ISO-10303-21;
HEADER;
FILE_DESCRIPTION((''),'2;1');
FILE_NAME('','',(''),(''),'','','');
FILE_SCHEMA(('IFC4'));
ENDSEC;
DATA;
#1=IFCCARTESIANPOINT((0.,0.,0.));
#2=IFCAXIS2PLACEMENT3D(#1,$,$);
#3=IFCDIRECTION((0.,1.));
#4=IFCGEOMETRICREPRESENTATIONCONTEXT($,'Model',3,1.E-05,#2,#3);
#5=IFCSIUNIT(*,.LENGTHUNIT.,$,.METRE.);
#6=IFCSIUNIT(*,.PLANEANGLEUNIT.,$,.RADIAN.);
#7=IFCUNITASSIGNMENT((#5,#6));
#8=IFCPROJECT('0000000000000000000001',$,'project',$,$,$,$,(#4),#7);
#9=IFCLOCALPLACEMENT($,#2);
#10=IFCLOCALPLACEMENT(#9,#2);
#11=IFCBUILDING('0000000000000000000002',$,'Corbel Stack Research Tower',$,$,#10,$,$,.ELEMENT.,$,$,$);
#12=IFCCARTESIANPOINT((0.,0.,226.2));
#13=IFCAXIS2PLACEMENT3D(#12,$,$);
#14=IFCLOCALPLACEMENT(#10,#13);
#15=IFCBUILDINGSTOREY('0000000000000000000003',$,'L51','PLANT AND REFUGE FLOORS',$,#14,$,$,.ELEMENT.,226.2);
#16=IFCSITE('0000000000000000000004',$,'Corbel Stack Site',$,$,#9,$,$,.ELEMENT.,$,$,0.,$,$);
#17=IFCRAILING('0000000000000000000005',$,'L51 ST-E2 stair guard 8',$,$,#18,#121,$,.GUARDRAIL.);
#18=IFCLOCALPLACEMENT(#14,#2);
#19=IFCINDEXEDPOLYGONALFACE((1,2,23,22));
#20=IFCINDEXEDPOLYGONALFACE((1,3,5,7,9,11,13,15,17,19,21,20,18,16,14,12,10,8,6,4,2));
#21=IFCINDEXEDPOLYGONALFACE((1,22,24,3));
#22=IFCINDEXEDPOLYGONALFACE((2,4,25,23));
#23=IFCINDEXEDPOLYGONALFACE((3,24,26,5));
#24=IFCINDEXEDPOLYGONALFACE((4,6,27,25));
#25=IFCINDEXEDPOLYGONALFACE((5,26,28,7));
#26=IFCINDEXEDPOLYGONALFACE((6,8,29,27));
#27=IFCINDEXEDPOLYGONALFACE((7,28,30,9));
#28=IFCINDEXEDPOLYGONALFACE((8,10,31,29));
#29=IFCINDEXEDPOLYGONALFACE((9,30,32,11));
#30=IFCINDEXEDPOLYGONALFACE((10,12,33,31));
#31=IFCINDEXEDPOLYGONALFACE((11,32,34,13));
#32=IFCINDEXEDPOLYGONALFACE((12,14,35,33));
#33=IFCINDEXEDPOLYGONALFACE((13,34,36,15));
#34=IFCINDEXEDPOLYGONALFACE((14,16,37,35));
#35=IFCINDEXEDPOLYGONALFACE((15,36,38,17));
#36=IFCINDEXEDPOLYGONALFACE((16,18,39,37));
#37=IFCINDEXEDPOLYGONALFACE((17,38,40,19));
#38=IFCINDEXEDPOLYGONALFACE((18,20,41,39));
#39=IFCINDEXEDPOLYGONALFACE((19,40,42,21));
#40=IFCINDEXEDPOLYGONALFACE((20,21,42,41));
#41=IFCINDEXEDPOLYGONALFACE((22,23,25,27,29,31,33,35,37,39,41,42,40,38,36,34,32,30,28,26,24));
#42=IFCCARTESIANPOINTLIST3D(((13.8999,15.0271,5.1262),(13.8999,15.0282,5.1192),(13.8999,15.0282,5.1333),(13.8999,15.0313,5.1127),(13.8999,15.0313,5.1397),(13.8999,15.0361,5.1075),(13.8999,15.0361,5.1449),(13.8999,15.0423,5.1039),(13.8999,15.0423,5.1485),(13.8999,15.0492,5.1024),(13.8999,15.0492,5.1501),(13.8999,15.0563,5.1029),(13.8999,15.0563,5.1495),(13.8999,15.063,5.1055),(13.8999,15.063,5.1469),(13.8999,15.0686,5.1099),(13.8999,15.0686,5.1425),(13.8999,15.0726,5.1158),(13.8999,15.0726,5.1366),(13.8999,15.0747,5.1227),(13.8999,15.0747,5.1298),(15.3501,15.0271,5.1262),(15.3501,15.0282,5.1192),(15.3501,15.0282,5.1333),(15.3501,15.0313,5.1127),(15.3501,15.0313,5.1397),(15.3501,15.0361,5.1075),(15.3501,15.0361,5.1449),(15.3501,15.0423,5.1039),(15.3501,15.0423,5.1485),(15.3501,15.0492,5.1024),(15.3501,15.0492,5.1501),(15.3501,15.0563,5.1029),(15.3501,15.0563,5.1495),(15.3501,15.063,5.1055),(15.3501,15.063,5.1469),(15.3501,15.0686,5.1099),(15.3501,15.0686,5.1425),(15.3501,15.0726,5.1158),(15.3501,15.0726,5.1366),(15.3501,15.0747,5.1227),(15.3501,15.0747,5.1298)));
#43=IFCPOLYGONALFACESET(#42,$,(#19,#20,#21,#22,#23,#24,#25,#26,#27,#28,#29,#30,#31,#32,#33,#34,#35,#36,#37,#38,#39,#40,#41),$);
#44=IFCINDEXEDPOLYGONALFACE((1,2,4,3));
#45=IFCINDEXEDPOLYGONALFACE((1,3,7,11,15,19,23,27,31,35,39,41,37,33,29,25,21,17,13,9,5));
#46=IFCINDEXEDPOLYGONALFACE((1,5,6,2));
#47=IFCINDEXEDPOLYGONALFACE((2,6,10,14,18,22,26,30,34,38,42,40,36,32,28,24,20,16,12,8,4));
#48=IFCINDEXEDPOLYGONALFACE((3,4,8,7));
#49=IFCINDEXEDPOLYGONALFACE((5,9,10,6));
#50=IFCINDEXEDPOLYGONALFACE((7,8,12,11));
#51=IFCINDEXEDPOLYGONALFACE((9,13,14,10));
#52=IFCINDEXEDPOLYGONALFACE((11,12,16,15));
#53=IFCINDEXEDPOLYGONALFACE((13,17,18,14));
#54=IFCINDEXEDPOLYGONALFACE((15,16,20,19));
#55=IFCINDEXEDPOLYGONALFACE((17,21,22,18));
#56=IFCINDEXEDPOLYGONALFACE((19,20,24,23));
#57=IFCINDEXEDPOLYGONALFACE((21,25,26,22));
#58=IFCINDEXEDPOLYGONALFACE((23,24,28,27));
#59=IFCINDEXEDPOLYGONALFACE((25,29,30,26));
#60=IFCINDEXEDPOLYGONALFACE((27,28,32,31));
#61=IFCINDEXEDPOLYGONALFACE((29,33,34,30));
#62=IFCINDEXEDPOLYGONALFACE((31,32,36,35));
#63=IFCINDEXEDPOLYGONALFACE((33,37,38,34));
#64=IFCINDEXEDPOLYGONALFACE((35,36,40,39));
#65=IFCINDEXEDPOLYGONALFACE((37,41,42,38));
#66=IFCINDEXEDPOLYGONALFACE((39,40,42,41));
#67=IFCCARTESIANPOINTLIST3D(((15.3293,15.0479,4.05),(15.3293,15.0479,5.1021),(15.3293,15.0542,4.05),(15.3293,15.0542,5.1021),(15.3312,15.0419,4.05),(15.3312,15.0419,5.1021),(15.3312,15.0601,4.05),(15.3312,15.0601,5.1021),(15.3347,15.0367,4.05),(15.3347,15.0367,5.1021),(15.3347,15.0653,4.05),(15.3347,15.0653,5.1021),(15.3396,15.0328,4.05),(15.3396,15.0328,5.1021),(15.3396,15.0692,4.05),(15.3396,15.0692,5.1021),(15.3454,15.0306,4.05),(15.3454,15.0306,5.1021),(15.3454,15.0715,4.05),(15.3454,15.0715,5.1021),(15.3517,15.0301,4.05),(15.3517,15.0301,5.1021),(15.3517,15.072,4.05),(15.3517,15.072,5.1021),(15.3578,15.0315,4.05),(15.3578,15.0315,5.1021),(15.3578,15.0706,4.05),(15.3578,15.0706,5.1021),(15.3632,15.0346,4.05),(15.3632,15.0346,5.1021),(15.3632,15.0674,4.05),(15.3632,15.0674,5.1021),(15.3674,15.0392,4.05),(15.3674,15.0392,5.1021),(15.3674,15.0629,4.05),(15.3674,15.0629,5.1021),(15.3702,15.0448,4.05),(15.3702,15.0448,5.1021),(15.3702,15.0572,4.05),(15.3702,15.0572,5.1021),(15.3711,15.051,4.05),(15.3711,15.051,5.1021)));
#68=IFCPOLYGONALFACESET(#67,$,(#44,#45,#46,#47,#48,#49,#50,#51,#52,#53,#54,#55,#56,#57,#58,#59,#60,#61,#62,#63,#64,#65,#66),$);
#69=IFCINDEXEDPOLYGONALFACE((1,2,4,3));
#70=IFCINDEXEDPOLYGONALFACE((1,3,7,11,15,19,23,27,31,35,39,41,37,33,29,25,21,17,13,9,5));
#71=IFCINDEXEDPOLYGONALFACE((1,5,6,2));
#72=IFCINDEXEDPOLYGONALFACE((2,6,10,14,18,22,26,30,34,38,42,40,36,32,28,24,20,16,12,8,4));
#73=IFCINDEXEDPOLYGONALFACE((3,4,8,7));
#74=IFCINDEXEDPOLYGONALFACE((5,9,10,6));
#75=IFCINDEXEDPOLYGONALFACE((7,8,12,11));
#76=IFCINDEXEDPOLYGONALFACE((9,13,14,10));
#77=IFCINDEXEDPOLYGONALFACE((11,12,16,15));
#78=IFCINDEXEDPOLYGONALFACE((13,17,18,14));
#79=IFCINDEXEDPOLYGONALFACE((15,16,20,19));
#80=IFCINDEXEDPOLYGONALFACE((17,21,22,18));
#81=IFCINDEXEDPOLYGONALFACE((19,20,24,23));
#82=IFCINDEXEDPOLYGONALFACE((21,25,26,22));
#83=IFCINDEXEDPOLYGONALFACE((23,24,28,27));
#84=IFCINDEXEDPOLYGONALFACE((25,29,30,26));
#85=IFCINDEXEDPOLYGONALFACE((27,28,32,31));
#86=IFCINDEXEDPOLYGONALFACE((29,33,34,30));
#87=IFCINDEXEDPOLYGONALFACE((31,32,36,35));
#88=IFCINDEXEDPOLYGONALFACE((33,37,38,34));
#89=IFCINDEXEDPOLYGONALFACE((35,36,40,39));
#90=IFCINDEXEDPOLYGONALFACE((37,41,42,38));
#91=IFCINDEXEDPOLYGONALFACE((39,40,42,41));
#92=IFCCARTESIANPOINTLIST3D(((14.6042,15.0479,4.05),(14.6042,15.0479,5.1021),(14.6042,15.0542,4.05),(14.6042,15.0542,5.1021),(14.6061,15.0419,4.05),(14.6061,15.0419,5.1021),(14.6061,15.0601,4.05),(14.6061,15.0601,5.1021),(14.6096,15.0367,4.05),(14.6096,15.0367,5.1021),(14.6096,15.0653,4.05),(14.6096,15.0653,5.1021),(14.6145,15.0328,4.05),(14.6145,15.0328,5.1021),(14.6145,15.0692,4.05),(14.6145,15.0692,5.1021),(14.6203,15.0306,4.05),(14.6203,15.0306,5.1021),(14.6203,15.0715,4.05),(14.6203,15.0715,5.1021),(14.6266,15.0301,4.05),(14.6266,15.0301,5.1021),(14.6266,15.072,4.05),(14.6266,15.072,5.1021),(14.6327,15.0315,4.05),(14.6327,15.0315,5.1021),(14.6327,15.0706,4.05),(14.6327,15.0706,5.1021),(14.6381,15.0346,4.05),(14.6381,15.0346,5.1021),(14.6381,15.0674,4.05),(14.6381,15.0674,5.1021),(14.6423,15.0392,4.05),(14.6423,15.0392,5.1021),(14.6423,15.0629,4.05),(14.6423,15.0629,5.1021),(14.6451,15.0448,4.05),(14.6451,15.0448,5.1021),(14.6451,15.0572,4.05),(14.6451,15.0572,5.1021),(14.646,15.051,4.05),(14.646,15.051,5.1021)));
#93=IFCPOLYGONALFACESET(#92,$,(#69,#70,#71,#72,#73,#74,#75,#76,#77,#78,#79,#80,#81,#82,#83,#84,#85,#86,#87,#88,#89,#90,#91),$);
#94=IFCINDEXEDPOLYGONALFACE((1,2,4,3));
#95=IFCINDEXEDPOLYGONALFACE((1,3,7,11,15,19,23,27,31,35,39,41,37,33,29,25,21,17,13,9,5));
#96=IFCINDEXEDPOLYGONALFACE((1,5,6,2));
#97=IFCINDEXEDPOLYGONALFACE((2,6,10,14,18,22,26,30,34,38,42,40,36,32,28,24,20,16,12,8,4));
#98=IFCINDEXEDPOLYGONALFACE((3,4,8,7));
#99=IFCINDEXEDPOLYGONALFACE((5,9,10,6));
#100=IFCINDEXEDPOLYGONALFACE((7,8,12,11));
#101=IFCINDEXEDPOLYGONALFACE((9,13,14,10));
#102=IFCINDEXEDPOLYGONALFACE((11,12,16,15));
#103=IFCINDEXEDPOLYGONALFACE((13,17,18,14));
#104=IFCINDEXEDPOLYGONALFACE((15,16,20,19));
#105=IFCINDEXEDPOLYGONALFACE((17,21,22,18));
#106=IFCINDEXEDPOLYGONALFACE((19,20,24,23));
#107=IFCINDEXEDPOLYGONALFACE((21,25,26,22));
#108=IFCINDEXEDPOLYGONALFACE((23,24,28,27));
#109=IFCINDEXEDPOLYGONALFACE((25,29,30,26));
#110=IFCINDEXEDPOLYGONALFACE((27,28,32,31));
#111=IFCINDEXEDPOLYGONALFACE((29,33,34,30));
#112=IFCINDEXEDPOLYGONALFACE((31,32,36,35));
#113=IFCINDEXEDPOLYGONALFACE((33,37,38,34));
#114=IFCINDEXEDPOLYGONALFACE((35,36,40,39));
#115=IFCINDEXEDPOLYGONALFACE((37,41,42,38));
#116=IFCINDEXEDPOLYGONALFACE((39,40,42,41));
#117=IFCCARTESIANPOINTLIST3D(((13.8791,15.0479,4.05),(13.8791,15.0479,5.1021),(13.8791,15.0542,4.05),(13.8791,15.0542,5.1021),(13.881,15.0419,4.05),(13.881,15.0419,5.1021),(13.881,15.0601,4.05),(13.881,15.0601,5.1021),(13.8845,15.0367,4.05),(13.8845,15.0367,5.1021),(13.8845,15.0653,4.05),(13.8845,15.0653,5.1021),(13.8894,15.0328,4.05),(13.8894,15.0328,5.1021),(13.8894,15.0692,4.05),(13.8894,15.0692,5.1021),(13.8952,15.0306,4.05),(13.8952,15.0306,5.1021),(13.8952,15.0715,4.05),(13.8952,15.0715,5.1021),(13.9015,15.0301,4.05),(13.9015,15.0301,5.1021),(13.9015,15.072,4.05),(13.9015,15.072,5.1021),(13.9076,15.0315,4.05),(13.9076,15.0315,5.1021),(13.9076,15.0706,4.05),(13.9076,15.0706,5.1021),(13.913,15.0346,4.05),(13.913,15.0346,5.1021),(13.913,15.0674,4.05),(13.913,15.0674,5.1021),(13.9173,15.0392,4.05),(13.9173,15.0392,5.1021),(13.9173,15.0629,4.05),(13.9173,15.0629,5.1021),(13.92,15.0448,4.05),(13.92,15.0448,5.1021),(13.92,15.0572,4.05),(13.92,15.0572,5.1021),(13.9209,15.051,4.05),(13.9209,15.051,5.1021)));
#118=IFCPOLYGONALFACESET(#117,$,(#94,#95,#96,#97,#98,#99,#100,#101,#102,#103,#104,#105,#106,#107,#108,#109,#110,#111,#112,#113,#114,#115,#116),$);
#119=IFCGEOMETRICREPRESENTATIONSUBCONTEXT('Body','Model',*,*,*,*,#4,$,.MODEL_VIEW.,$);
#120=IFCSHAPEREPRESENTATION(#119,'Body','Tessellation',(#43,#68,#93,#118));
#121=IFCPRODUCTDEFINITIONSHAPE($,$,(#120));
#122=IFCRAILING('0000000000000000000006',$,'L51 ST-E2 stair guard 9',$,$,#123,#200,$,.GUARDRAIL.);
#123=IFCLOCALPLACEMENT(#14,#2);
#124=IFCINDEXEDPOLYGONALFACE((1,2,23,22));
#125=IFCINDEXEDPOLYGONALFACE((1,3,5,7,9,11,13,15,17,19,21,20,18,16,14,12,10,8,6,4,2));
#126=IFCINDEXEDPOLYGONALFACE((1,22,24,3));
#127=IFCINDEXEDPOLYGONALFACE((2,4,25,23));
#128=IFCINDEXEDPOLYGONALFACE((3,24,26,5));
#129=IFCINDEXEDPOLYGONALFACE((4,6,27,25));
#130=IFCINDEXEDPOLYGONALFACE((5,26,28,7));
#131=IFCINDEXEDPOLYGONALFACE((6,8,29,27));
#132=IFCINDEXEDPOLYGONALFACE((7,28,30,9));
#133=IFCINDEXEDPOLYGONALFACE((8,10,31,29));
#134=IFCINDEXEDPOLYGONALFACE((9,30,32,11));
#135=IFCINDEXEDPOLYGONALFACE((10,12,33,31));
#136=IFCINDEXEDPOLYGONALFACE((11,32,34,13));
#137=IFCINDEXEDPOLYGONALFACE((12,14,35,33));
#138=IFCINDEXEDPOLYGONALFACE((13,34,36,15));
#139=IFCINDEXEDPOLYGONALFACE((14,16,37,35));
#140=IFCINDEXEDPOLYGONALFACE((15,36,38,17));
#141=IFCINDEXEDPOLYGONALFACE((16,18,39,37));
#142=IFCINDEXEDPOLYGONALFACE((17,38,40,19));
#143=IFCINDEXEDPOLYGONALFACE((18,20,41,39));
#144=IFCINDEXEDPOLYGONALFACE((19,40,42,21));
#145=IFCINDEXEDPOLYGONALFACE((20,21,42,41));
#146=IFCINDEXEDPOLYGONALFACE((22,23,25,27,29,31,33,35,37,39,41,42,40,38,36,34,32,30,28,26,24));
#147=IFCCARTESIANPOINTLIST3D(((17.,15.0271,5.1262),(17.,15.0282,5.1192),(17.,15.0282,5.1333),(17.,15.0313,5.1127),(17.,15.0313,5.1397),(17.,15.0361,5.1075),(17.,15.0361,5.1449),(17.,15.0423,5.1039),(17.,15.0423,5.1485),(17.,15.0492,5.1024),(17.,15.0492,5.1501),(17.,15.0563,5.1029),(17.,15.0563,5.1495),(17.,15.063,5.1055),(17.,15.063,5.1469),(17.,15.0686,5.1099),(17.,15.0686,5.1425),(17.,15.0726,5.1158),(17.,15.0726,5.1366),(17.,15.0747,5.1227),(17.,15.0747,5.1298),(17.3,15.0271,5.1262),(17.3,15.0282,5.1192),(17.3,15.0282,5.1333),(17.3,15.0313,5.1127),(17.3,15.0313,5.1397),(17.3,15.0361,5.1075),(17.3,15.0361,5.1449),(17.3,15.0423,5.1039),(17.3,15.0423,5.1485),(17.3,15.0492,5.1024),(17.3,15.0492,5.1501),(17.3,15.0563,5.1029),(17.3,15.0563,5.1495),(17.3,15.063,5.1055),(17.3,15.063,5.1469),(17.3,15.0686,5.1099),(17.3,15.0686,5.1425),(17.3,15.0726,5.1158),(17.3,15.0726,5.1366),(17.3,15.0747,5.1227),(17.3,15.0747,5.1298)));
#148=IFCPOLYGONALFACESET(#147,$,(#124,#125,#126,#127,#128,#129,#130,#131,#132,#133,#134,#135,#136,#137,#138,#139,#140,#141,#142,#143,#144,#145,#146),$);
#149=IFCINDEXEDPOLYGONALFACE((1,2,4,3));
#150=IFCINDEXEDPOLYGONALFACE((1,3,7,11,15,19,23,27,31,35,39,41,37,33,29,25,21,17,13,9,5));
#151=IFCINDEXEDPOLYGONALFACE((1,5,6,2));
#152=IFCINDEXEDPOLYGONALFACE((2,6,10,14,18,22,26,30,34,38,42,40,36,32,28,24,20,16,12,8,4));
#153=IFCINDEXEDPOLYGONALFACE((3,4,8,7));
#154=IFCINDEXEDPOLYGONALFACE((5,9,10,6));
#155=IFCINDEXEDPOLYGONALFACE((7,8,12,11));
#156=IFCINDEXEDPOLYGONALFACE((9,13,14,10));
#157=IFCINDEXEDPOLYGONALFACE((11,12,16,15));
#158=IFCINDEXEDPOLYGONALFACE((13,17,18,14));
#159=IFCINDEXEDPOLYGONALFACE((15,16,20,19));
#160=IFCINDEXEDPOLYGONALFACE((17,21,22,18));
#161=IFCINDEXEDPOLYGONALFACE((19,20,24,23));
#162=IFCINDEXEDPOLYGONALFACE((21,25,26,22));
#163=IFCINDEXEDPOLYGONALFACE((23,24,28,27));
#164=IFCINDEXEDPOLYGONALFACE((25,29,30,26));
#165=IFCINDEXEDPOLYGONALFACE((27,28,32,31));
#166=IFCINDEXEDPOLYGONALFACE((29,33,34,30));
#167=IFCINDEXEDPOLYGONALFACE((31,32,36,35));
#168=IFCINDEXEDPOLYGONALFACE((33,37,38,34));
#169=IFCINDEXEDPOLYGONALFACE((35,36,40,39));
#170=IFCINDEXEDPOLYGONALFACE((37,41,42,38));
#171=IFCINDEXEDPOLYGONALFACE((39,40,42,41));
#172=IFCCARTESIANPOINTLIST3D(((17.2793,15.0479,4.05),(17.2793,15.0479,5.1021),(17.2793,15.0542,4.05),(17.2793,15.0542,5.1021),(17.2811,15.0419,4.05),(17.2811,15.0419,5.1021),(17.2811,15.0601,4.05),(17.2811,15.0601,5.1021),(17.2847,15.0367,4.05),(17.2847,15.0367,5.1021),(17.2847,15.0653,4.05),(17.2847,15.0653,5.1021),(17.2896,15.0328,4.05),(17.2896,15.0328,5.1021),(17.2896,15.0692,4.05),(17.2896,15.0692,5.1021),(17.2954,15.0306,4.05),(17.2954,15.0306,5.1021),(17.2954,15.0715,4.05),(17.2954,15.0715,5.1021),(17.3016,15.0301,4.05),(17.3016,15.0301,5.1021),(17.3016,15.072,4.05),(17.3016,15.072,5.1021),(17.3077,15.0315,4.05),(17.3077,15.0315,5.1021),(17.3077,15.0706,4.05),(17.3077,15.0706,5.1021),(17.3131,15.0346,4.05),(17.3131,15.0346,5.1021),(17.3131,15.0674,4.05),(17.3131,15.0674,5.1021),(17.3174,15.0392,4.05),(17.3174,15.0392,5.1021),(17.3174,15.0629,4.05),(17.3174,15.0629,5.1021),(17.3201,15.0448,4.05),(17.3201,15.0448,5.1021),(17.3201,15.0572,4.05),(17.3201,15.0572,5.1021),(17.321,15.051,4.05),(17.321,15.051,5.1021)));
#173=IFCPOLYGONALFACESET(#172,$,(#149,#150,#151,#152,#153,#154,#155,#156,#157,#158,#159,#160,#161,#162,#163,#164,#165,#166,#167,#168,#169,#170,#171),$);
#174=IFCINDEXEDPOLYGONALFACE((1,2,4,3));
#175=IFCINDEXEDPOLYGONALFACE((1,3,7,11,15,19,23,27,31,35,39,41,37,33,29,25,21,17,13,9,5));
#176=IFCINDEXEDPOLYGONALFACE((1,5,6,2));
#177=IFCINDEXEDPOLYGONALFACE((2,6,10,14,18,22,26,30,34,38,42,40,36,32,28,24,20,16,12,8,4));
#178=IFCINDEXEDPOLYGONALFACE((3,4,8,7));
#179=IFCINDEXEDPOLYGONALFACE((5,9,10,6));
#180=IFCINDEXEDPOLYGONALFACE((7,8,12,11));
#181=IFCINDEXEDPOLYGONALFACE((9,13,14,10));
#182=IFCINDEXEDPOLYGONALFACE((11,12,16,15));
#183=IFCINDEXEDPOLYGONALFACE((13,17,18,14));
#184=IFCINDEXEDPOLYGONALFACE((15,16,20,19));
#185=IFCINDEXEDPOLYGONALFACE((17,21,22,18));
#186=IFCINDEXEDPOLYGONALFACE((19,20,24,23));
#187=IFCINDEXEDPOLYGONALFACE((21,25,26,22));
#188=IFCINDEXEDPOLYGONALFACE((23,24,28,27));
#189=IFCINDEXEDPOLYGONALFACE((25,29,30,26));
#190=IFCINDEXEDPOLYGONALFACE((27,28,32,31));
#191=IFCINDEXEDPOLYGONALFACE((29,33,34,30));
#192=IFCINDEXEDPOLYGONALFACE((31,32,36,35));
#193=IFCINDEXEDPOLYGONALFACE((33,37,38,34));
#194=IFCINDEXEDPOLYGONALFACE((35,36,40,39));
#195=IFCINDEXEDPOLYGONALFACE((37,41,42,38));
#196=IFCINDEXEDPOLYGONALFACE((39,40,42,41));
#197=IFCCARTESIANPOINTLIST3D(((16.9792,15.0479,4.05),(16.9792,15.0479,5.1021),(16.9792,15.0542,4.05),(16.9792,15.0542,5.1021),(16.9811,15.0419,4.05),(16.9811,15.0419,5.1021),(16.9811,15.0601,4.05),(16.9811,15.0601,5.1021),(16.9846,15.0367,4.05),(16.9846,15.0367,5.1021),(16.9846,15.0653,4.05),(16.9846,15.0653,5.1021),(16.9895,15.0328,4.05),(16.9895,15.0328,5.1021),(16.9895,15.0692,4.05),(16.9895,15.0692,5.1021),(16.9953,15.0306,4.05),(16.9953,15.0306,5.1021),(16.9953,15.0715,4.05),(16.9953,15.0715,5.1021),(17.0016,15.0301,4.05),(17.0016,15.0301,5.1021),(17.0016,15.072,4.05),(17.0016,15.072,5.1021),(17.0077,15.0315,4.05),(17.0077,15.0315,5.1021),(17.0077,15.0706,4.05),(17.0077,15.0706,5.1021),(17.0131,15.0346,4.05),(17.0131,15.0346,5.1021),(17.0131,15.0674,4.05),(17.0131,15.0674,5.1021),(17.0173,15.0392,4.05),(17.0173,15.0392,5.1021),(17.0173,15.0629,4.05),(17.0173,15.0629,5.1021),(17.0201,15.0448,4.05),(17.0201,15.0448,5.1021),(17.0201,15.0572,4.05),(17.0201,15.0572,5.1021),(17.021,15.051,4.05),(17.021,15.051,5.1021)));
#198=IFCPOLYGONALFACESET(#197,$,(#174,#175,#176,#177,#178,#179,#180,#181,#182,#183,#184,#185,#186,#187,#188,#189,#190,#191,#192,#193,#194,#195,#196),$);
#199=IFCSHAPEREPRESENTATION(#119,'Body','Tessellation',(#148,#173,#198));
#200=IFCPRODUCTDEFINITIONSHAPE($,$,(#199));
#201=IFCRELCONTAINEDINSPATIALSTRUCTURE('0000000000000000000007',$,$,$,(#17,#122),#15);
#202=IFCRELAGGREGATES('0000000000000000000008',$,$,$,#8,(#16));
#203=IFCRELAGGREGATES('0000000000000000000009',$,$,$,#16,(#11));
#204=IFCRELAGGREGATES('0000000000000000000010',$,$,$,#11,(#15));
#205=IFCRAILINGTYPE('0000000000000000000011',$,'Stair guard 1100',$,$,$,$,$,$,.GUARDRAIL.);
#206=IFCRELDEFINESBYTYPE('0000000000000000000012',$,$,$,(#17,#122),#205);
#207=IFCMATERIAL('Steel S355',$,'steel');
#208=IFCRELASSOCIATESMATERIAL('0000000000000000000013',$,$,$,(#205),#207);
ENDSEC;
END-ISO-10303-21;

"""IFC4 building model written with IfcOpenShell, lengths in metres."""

from ifc_helpers import new_model, si_unit, direction, frame, origin, origin_2d, place, context, subcontext, project, spatial, circle, extrude, material, type_object, element, save


model = new_model("IFC4")

# Units and contexts
model_context = context("Model", 3, precision=1e-05, world=origin(), true_north=direction((0.0, 1.0)))
body_context = subcontext(model_context, "Body", "Model", "MODEL_VIEW")
ifc_project = project(units=[si_unit("LENGTHUNIT", "METRE"), si_unit("PLANEANGLEUNIT", "RADIAN")], contexts=[model_context])

# Site, building, storey
site_placement = place(None, origin())
site = spatial("IfcSite", under=ifc_project, at=site_placement, Name="Corbel Stack Site", CompositionType="ELEMENT", RefElevation=0.0)
building_placement = place(site_placement, origin())
building = spatial("IfcBuilding", under=site, at=building_placement, Name="Corbel Stack Research Tower", CompositionType="ELEMENT")
storey_placement = place(building_placement, frame((0.0, 0.0, 226.2)))
storey = spatial("IfcBuildingStorey", under=building, at=storey_placement, Name="L51", Description="PLANT AND REFUGE FLOORS", CompositionType="ELEMENT", Elevation=226.2)

# Railings
ifc_material_1 = material(Name="Steel S355", Category="steel")
railing_type_1 = type_object("IfcRailingType", Name="Stair guard 1100", PredefinedType="GUARDRAIL", material=ifc_material_1)
railing_1_placement = place(storey_placement, frame((15.3501, 15.051, 4.05)))
element("IfcRailing", 1, at=railing_1_placement, inside=storey, type_object=railing_type_1, Name="L51 ST-E2 stair guard 8", PredefinedType="GUARDRAIL", context=body_context, shape_type="SweptSolid", body=[
    extrude(circle(Radius=0.0239, at=origin_2d()), frame((0.0, 0.0, 1.0762), z_axis=(-1.0, 0.0, 0.0), x_axis=(0.0, -1.0, 0.0)), (0.0, 0.0, 1.0), 1.4502),
    extrude(circle(Radius=0.021, at=origin_2d()), origin(), (0.0, 0.0, 1.0), 1.052),
    extrude(circle(Radius=0.021, at=origin_2d()), frame((-0.7251, 0.0, 0.0)), (0.0, 0.0, 1.0), 1.052),
    extrude(circle(Radius=0.021, at=origin_2d()), frame((-1.4502, 0.0, 0.0)), (0.0, 0.0, 1.0), 1.052),
])
railing_2_placement = place(storey_placement, frame((17.3, 15.051, 4.05)))
element("IfcRailing", 2, at=railing_2_placement, inside=storey, type_object=railing_type_1, Name="L51 ST-E2 stair guard 9", PredefinedType="GUARDRAIL", context=body_context, shape_type="SweptSolid", body=[
    extrude(circle(Radius=0.0239, at=origin_2d()), frame((0.0, 0.0, 1.0762), z_axis=(-1.0, 0.0, 0.0), x_axis=(0.0, -1.0, 0.0)), (0.0, 0.0, 1.0), 0.3),
    extrude(circle(Radius=0.021, at=origin_2d()), origin(), (0.0, 0.0, 1.0), 1.052),
    extrude(circle(Radius=0.021, at=origin_2d()), frame((-0.3, 0.0, 0.0)), (0.0, 0.0, 1.0), 1.052),
])

save(model, "model.ifc")
